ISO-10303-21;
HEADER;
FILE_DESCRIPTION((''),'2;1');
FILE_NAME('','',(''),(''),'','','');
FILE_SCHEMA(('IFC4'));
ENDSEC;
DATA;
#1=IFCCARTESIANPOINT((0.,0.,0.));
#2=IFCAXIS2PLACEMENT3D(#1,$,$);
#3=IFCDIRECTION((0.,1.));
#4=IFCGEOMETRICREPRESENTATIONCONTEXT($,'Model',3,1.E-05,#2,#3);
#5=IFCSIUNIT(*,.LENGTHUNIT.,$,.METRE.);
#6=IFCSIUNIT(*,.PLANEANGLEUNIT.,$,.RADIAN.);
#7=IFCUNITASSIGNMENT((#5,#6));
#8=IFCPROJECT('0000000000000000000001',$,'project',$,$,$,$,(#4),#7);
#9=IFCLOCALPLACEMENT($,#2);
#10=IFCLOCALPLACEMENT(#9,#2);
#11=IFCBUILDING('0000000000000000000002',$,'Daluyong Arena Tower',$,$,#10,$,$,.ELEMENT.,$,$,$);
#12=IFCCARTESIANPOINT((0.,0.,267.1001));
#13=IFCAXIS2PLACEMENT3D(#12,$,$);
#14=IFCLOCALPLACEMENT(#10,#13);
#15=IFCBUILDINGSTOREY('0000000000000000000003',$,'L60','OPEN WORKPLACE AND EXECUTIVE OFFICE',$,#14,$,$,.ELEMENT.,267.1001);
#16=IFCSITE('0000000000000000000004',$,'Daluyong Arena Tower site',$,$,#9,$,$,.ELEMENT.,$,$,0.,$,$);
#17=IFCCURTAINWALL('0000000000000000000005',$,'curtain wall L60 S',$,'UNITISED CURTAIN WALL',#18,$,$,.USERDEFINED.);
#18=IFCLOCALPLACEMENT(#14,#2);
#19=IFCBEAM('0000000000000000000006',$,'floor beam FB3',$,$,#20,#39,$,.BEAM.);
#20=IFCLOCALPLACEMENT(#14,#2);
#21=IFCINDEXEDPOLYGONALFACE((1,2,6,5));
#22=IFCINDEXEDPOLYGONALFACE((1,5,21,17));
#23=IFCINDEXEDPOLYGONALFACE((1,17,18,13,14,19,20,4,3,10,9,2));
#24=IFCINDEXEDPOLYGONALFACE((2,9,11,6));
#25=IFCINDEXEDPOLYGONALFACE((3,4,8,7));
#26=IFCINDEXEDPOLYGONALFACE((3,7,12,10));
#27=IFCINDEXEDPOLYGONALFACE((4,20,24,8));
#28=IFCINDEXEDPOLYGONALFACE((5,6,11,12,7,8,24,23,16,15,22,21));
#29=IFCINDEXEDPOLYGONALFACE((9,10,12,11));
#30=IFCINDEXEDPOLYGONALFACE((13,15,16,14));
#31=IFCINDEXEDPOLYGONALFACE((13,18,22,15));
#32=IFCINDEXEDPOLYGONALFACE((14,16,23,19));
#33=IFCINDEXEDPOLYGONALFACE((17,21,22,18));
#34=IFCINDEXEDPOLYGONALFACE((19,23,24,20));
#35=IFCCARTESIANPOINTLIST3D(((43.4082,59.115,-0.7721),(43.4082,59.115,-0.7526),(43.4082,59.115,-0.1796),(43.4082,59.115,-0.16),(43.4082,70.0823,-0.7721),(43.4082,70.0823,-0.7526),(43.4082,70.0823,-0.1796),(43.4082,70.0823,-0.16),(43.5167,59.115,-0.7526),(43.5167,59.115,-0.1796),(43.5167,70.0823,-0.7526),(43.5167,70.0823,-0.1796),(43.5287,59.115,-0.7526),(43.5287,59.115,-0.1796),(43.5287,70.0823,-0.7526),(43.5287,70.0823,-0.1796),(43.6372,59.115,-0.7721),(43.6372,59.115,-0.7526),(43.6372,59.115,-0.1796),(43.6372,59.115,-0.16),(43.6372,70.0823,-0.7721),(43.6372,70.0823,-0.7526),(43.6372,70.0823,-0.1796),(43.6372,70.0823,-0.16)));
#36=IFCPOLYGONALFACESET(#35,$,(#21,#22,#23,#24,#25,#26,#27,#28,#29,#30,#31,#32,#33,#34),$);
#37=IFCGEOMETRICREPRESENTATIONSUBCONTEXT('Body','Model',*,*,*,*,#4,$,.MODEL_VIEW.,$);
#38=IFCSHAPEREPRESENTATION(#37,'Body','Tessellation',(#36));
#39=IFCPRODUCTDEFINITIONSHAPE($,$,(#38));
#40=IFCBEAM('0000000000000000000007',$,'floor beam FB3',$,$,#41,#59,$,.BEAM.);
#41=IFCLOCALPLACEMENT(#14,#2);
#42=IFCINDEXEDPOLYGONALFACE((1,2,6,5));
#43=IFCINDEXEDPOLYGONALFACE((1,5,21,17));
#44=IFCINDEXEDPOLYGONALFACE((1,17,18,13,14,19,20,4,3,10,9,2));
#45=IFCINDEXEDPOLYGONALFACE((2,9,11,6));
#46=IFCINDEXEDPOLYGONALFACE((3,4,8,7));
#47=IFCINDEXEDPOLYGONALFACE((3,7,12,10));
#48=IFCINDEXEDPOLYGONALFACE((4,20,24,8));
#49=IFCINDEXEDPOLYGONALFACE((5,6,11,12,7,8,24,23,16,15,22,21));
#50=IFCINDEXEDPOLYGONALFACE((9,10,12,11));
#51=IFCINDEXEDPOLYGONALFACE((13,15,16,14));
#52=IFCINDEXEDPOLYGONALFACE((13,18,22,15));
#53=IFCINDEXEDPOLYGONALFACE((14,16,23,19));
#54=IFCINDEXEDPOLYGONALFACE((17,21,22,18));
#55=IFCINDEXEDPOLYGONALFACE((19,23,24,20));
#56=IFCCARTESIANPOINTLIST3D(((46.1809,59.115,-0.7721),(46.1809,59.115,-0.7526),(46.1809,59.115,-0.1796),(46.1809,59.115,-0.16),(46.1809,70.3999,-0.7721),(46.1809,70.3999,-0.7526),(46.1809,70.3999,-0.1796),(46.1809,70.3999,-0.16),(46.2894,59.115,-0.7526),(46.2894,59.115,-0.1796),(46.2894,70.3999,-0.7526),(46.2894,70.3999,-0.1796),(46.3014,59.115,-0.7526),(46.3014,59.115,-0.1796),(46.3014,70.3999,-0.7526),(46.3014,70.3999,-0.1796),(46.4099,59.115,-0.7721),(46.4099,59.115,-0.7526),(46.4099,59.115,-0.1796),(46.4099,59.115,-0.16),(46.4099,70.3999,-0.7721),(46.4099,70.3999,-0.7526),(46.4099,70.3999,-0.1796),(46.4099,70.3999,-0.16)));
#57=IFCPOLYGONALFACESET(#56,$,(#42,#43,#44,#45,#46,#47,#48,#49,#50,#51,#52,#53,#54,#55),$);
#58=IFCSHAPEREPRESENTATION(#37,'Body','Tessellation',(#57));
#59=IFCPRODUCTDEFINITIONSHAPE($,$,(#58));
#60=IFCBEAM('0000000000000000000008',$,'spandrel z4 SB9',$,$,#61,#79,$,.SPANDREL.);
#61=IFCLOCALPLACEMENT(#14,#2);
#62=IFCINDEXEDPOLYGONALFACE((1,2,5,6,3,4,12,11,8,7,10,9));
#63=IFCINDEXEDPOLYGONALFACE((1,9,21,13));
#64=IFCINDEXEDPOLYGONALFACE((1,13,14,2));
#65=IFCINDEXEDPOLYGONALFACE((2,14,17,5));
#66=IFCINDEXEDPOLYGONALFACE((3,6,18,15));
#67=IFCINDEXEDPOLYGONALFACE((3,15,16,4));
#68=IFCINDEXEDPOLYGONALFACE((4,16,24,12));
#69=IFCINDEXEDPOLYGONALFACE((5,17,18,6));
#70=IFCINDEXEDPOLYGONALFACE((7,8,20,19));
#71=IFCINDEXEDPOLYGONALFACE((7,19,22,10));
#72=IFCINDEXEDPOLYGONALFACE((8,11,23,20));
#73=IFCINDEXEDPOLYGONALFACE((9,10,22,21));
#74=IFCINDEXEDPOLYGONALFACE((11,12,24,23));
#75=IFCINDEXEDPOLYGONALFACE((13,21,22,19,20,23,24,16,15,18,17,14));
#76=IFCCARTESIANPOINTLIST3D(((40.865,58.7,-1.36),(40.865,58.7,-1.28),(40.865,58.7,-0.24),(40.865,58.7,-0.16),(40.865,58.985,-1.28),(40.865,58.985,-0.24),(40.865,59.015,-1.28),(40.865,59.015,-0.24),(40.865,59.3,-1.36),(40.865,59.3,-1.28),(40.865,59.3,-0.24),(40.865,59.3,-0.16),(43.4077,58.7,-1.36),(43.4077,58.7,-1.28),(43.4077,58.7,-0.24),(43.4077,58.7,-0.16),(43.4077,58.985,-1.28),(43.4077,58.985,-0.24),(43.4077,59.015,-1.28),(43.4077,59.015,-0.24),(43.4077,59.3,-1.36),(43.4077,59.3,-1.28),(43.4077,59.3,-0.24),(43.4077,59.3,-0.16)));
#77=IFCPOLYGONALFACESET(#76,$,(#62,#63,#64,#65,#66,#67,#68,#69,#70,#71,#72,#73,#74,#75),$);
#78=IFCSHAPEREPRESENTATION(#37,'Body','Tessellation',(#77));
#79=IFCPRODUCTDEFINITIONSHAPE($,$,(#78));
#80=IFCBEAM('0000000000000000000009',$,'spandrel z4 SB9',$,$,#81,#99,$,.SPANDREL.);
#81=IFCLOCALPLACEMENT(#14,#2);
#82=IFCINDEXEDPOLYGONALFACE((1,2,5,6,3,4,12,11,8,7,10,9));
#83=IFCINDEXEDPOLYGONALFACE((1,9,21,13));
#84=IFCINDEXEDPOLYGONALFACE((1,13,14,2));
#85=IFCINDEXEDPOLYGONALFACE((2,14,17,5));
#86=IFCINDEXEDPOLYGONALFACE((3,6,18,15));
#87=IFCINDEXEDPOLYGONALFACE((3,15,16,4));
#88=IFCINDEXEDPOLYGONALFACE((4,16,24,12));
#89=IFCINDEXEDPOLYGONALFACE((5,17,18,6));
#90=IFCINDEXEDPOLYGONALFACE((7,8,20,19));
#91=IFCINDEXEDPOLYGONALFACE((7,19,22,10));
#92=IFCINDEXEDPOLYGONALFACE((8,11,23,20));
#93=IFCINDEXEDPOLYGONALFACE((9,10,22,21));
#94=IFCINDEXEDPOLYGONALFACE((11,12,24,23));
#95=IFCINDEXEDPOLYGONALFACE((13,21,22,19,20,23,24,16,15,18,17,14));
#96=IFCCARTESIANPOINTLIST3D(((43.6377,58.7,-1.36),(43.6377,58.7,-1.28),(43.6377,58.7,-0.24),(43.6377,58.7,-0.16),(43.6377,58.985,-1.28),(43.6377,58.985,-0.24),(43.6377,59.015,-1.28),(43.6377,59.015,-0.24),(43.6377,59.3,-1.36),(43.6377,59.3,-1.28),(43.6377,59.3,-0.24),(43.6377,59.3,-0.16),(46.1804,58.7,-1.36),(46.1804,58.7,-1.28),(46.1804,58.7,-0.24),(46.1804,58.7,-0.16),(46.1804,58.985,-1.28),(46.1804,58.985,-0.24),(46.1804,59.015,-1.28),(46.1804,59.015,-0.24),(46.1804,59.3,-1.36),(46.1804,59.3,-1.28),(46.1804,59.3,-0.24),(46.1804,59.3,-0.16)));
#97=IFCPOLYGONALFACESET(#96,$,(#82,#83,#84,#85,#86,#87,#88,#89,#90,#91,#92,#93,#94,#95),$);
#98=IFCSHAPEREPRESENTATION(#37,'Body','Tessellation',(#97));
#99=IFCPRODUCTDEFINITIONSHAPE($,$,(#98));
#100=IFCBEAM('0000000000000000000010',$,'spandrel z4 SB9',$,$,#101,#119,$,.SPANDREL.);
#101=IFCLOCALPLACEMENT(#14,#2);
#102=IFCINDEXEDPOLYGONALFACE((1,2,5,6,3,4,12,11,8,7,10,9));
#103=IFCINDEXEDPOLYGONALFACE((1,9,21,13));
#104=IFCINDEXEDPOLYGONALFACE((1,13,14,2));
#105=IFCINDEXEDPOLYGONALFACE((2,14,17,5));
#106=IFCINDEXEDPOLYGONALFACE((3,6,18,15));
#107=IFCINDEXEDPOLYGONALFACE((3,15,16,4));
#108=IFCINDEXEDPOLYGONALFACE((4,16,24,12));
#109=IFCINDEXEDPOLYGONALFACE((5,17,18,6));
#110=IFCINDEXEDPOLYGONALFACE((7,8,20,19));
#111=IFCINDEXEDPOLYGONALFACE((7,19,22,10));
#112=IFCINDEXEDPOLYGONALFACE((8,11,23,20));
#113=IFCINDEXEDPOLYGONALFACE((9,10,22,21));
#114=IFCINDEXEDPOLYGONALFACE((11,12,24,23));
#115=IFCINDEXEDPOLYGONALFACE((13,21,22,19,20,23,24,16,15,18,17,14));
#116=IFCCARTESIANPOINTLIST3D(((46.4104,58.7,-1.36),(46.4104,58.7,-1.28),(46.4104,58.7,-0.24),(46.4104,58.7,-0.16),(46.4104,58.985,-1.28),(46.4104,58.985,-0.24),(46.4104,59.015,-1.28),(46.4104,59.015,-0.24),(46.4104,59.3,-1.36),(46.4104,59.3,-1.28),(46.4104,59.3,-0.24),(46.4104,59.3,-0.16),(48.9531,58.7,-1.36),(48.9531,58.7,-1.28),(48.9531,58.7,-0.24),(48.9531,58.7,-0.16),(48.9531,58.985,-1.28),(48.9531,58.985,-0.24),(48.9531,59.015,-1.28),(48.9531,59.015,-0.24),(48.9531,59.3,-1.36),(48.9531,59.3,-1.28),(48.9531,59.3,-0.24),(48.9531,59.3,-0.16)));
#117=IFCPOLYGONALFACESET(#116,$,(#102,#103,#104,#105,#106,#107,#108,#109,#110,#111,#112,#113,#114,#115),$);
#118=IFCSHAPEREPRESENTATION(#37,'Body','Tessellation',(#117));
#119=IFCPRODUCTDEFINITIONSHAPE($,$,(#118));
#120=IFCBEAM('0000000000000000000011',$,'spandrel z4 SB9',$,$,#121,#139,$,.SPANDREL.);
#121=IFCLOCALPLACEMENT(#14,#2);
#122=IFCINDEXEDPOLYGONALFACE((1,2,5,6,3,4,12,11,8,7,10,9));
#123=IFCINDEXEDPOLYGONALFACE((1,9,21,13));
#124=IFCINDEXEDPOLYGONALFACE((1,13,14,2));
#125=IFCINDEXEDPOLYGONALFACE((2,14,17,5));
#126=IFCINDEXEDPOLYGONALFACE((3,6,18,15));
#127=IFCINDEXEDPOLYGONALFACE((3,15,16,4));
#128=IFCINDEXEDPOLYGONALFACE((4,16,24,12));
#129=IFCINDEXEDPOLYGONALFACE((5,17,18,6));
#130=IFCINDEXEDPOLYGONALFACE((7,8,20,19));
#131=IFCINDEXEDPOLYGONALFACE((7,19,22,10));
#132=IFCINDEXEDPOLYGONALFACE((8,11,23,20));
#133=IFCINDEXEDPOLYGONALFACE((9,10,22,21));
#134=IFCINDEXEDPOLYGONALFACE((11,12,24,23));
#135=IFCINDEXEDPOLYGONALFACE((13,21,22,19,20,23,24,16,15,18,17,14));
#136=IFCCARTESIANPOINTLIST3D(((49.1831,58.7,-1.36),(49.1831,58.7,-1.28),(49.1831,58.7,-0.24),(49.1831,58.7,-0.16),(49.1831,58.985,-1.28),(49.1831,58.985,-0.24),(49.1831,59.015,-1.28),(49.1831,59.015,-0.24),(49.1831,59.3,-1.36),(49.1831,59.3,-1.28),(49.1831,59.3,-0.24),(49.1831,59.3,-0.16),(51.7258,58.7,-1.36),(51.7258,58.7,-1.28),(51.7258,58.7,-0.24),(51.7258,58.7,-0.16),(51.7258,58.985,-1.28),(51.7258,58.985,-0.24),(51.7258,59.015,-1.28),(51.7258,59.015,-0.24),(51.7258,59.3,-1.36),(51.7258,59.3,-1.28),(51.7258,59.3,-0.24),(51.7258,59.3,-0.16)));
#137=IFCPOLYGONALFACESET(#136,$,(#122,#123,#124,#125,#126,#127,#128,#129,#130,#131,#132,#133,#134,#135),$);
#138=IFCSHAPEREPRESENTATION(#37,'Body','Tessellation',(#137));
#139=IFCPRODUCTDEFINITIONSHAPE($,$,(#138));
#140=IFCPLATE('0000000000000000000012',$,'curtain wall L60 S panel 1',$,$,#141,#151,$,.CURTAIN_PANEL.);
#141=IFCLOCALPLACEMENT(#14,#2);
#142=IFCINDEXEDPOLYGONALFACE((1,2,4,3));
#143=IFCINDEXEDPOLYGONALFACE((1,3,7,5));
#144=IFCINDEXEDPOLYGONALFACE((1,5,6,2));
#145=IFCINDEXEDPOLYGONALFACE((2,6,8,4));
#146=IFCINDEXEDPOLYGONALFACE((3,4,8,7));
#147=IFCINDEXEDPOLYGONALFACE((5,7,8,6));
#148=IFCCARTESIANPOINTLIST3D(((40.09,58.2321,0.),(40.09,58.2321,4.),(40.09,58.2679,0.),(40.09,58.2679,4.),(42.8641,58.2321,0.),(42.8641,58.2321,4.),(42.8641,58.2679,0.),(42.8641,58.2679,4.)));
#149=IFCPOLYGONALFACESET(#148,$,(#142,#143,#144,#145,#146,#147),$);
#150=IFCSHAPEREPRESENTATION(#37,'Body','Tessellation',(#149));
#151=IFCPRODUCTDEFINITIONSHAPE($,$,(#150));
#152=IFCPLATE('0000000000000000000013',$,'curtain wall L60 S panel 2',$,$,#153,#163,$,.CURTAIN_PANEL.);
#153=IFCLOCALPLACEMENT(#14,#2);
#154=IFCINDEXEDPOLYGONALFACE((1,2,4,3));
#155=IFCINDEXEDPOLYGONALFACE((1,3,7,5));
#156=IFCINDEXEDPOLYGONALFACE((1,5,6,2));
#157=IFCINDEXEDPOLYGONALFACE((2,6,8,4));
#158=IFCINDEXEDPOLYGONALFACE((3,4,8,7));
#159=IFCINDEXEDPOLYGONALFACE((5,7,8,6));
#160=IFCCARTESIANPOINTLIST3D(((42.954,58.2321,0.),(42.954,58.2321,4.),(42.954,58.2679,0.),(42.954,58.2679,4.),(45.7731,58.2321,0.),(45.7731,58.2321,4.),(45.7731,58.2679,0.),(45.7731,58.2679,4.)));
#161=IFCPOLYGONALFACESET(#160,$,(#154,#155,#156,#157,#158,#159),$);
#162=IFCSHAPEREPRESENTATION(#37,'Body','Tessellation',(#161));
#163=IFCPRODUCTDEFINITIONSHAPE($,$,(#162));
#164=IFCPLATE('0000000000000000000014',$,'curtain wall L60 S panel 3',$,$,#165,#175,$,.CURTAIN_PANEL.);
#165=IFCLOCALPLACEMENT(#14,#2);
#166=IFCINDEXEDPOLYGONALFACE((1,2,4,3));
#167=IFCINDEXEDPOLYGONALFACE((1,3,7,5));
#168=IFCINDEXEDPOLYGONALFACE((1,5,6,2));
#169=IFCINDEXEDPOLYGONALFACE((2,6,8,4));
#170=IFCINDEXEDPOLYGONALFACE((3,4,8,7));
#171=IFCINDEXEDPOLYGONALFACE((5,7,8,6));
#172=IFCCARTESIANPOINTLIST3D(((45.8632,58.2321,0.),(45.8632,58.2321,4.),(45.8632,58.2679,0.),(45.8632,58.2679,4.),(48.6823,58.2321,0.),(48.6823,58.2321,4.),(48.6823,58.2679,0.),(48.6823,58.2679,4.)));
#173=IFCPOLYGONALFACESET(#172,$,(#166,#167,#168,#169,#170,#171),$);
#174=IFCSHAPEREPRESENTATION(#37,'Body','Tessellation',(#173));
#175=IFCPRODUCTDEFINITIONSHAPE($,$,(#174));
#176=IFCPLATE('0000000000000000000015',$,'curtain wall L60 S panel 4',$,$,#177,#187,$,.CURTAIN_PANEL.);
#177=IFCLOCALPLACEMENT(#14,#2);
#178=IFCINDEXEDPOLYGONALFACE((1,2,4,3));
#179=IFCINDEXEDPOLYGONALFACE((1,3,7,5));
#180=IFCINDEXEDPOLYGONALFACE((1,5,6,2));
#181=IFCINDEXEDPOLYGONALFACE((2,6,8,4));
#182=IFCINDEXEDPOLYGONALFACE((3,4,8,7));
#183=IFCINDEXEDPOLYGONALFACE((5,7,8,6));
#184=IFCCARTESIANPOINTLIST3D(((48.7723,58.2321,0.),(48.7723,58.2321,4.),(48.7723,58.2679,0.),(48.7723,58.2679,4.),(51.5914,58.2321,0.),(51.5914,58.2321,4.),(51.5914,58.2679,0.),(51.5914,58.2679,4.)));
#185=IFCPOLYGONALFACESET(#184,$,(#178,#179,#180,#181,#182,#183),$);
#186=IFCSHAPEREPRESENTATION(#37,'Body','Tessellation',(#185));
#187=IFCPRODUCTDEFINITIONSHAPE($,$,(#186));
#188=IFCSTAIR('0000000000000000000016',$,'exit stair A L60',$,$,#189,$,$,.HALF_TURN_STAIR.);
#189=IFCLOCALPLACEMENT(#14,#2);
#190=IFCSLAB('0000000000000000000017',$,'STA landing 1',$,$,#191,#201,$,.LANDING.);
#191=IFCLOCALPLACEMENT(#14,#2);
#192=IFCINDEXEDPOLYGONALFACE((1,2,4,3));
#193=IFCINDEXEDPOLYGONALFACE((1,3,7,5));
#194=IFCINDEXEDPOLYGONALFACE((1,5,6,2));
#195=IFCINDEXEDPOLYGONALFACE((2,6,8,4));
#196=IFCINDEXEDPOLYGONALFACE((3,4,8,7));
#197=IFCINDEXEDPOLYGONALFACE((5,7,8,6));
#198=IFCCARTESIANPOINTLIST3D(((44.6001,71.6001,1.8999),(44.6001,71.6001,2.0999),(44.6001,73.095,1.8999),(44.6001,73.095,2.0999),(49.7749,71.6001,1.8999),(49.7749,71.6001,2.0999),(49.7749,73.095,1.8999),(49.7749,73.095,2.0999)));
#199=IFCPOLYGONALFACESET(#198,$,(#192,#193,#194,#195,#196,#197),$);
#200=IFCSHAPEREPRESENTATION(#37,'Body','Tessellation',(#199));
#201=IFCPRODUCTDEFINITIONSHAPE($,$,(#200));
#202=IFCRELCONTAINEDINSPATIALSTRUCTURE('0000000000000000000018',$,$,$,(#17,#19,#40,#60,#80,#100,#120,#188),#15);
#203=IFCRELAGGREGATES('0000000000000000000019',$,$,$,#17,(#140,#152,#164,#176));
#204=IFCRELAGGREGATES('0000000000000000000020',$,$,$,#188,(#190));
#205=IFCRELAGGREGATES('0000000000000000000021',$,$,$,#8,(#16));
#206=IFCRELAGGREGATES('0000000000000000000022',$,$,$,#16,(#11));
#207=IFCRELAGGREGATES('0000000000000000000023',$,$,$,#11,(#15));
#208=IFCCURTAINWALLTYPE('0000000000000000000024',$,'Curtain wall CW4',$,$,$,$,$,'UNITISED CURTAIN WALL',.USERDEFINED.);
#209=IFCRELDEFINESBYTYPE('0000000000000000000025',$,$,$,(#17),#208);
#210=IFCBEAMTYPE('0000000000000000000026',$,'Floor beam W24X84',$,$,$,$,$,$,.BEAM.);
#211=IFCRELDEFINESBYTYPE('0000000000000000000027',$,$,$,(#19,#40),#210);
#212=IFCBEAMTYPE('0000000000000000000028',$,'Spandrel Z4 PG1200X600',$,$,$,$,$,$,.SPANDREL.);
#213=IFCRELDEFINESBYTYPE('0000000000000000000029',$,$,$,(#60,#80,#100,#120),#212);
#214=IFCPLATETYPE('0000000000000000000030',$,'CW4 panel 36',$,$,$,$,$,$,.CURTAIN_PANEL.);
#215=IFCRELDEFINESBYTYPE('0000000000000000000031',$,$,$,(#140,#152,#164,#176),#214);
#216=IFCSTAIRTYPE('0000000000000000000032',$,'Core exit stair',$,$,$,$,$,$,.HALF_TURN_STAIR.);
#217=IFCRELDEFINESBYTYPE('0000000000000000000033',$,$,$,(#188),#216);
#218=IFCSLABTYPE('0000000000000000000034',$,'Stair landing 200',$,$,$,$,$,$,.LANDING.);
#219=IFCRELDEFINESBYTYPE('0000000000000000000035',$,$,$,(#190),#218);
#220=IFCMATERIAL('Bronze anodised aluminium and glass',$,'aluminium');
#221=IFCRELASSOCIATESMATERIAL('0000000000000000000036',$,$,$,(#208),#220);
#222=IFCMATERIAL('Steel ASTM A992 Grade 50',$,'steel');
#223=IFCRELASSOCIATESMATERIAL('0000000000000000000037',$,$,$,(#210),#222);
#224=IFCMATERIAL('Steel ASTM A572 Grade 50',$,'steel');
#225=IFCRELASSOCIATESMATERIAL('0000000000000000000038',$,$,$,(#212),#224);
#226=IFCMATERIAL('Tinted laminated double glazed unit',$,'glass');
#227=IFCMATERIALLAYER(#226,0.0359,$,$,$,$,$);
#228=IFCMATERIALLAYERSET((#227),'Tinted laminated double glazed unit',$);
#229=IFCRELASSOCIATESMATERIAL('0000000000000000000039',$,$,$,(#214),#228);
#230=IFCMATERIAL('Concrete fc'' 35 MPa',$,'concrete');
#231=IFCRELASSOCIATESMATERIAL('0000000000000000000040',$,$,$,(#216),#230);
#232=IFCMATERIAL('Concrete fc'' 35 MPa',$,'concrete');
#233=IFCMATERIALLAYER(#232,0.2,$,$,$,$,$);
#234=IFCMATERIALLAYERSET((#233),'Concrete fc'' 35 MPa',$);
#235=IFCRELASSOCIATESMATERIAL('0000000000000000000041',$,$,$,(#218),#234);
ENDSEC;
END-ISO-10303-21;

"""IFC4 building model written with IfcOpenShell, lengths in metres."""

from ifc_helpers import new_model, si_unit, direction, frame, origin, origin_2d, place, context, subcontext, project, spatial, polyline, rectangle, i_section, outline, extrude, material, layer, layer_set, material_profile, profile_set, type_object, element, aggregate, save


model = new_model("IFC4")

# Units and contexts
model_context = context("Model", 3, precision=1e-05, world=origin(), true_north=direction((0.0, 1.0)))
body_context = subcontext(model_context, "Body", "Model", "MODEL_VIEW")
ifc_project = project(units=[si_unit("LENGTHUNIT", "METRE"), si_unit("PLANEANGLEUNIT", "RADIAN")], contexts=[model_context])

# Site, building, storey
site_placement = place(None, origin())
site = spatial("IfcSite", under=ifc_project, at=site_placement, Name="Daluyong Arena Tower site", CompositionType="ELEMENT", RefElevation=0.0)
building_placement = place(site_placement, origin())
building = spatial("IfcBuilding", under=site, at=building_placement, Name="Daluyong Arena Tower", CompositionType="ELEMENT")
storey_placement = place(building_placement, frame((0.0, 0.0, 267.1001)))
storey = spatial("IfcBuildingStorey", under=building, at=storey_placement, Name="L60", Description="OPEN WORKPLACE AND EXECUTIVE OFFICE", CompositionType="ELEMENT", Elevation=267.1001)

# Curtain wall
ifc_material_1 = material(Name="Bronze anodised aluminium and glass", Category="aluminium")
curtain_wall_type_1 = type_object("IfcCurtainWallType", Name="Curtain wall CW4", ElementType="UNITISED CURTAIN WALL", PredefinedType="USERDEFINED", material=ifc_material_1)
curtain_wall_1_placement = place(storey_placement, origin())
curtain_wall_1 = element("IfcCurtainWall", 1, at=curtain_wall_1_placement, inside=storey, type_object=curtain_wall_type_1, Name="curtain wall L60 S", ObjectType="UNITISED CURTAIN WALL", PredefinedType="USERDEFINED")

# Beams
ifc_material_2 = material(Name="Steel ASTM A992 Grade 50", Category="steel")
ifc_material_profile_1 = material_profile(ifc_material_2, i_section(OverallWidth=0.229, OverallDepth=0.6121, WebThickness=0.012, FlangeThickness=0.0195, at=origin_2d()))
ifc_profile_set_1 = profile_set([ifc_material_profile_1], Name="Steel ASTM A992 Grade 50")
beam_type_1 = type_object("IfcBeamType", Name="Floor beam W24X84", PredefinedType="BEAM", material=ifc_profile_set_1)
beam_1_placement = place(storey_placement, frame((43.5227, 59.115, -0.4661), z_axis=(0.0, 1.0, 0.0), x_axis=(-1.0, 0.0, 0.0)))
element("IfcBeam", 2, at=beam_1_placement, inside=storey, type_object=beam_type_1, Name="floor beam FB3", PredefinedType="BEAM", context=body_context, shape_type="SweptSolid", body=[
    extrude(i_section(OverallWidth=0.229, OverallDepth=0.6121, WebThickness=0.012, FlangeThickness=0.0195, at=origin_2d()), origin(), (0.0, 0.0, 1.0), 10.9673),
])
beam_2_placement = place(storey_placement, frame((46.2954, 59.115, -0.4661), z_axis=(0.0, 1.0, 0.0), x_axis=(-1.0, 0.0, 0.0)))
element("IfcBeam", 3, at=beam_2_placement, inside=storey, type_object=beam_type_1, Name="floor beam FB3", PredefinedType="BEAM", context=body_context, shape_type="SweptSolid", body=[
    extrude(i_section(OverallWidth=0.229, OverallDepth=0.6121, WebThickness=0.012, FlangeThickness=0.0195, at=origin_2d()), origin(), (0.0, 0.0, 1.0), 11.2849),
])
ifc_material_3 = material(Name="Steel ASTM A572 Grade 50", Category="steel")
ifc_material_profile_2 = material_profile(ifc_material_3, i_section(OverallWidth=0.6001, OverallDepth=1.2, WebThickness=0.03, FlangeThickness=0.08, at=origin_2d()))
ifc_profile_set_2 = profile_set([ifc_material_profile_2], Name="Steel ASTM A572 Grade 50")
beam_type_2 = type_object("IfcBeamType", Name="Spandrel Z4 PG1200X600", PredefinedType="SPANDREL", material=ifc_profile_set_2)
for number, where, z_axis, x_axis, name in (
    (4, (40.865, 59.0, -0.76), (1.0, 0.0, 0.0), (0.0, 1.0, 0.0), "spandrel z4 SB9"),
    (5, (43.6377, 59.0, -0.76), (1.0, 0.0, 0.0), (0.0, 1.0, 0.0), "spandrel z4 SB9"),
    (6, (46.4104, 59.0, -0.76), (1.0, 0.0, 0.0), (0.0, 1.0, 0.0), "spandrel z4 SB9"),
    (7, (49.1831, 59.0, -0.76), (1.0, 0.0, 0.0), (0.0, 1.0, 0.0), "spandrel z4 SB9"),
):
    element("IfcBeam", number, at=place(storey_placement, frame(where, z_axis=z_axis, x_axis=x_axis)), inside=storey, type_object=beam_type_2, Name=name, PredefinedType="SPANDREL", context=body_context, shape_type="SweptSolid", body=[
        extrude(i_section(OverallWidth=0.6001, OverallDepth=1.2, WebThickness=0.03, FlangeThickness=0.08, at=origin_2d()), origin(), (0.0, 0.0, 1.0), 2.5427),
    ])

# Plates
ifc_material_4 = material(Name="Tinted laminated double glazed unit", Category="glass")
ifc_layer_1 = layer(ifc_material_4, 0.0359)
ifc_layer_set_1 = layer_set([ifc_layer_1], Name="Tinted laminated double glazed unit")
plate_type = type_object("IfcPlateType", Name="CW4 panel 36", PredefinedType="CURTAIN_PANEL", material=ifc_layer_set_1)
plate_1_placement = place(storey_placement, frame((41.4771, 58.25, 0.0), z_axis=(0.0, 0.0, 1.0), x_axis=(1.0, 0.0, 0.0)))
plate_1 = element("IfcPlate", 8, at=plate_1_placement, type_object=plate_type, Name="curtain wall L60 S panel 1", PredefinedType="CURTAIN_PANEL", context=body_context, shape_type="SweptSolid", body=[
    extrude(rectangle(XDim=2.7742, YDim=0.0359, at=origin_2d()), origin(), (0.0, 0.0, 1.0), 4.0),
])
plate_2_placement = place(storey_placement, frame((44.3635, 58.25, 0.0), z_axis=(0.0, 0.0, 1.0), x_axis=(1.0, 0.0, 0.0)))
plate_2 = element("IfcPlate", 9, at=plate_2_placement, type_object=plate_type, Name="curtain wall L60 S panel 2", PredefinedType="CURTAIN_PANEL", context=body_context, shape_type="SweptSolid", body=[
    extrude(rectangle(XDim=2.8191, YDim=0.0359, at=origin_2d()), origin(), (0.0, 0.0, 1.0), 4.0),
])
plate_3_placement = place(storey_placement, frame((47.2727, 58.25, 0.0), z_axis=(0.0, 0.0, 1.0), x_axis=(1.0, 0.0, 0.0)))
plate_3 = element("IfcPlate", 10, at=plate_3_placement, type_object=plate_type, Name="curtain wall L60 S panel 3", PredefinedType="CURTAIN_PANEL", context=body_context, shape_type="SweptSolid", body=[
    extrude(rectangle(XDim=2.8191, YDim=0.0359, at=origin_2d()), origin(), (0.0, 0.0, 1.0), 4.0),
])
plate_4_placement = place(storey_placement, frame((50.1819, 58.25, 0.0), z_axis=(0.0, 0.0, 1.0), x_axis=(1.0, 0.0, 0.0)))
plate_4 = element("IfcPlate", 11, at=plate_4_placement, type_object=plate_type, Name="curtain wall L60 S panel 4", PredefinedType="CURTAIN_PANEL", context=body_context, shape_type="SweptSolid", body=[
    extrude(rectangle(XDim=2.8191, YDim=0.0359, at=origin_2d()), origin(), (0.0, 0.0, 1.0), 4.0),
])
aggregate(curtain_wall_1, [plate_1, plate_2, plate_3, plate_4])

# Stair, slab
ifc_material_5 = material(Name="Concrete fc' 35 MPa", Category="concrete")
stair_type = type_object("IfcStairType", Name="Core exit stair", PredefinedType="HALF_TURN_STAIR", material=ifc_material_5)
stair_1_placement = place(storey_placement, origin())
stair_1 = element("IfcStair", 12, at=stair_1_placement, inside=storey, type_object=stair_type, Name="exit stair A L60", PredefinedType="HALF_TURN_STAIR")
ifc_material_6 = material(Name="Concrete fc' 35 MPa", Category="concrete")
ifc_layer_2 = layer(ifc_material_6, 0.2)
ifc_layer_set_2 = layer_set([ifc_layer_2], Name="Concrete fc' 35 MPa")
slab_type = type_object("IfcSlabType", Name="Stair landing 200", PredefinedType="LANDING", material=ifc_layer_set_2)
slab_1_placement = place(storey_placement, frame((0.0, 0.0, 1.8999)))
slab_1 = element("IfcSlab", 13, at=slab_1_placement, type_object=slab_type, Name="STA landing 1", PredefinedType="LANDING", context=body_context, shape_type="SweptSolid", body=[
    extrude(outline(polyline([(44.6001, 71.6001), (49.7749, 71.6001), (49.7749, 73.095), (44.6001, 73.095), (44.6001, 71.6001)])), origin(), (0.0, 0.0, 1.0), 0.2),
])
aggregate(stair_1, [slab_1])

save(model, "model.ifc")
